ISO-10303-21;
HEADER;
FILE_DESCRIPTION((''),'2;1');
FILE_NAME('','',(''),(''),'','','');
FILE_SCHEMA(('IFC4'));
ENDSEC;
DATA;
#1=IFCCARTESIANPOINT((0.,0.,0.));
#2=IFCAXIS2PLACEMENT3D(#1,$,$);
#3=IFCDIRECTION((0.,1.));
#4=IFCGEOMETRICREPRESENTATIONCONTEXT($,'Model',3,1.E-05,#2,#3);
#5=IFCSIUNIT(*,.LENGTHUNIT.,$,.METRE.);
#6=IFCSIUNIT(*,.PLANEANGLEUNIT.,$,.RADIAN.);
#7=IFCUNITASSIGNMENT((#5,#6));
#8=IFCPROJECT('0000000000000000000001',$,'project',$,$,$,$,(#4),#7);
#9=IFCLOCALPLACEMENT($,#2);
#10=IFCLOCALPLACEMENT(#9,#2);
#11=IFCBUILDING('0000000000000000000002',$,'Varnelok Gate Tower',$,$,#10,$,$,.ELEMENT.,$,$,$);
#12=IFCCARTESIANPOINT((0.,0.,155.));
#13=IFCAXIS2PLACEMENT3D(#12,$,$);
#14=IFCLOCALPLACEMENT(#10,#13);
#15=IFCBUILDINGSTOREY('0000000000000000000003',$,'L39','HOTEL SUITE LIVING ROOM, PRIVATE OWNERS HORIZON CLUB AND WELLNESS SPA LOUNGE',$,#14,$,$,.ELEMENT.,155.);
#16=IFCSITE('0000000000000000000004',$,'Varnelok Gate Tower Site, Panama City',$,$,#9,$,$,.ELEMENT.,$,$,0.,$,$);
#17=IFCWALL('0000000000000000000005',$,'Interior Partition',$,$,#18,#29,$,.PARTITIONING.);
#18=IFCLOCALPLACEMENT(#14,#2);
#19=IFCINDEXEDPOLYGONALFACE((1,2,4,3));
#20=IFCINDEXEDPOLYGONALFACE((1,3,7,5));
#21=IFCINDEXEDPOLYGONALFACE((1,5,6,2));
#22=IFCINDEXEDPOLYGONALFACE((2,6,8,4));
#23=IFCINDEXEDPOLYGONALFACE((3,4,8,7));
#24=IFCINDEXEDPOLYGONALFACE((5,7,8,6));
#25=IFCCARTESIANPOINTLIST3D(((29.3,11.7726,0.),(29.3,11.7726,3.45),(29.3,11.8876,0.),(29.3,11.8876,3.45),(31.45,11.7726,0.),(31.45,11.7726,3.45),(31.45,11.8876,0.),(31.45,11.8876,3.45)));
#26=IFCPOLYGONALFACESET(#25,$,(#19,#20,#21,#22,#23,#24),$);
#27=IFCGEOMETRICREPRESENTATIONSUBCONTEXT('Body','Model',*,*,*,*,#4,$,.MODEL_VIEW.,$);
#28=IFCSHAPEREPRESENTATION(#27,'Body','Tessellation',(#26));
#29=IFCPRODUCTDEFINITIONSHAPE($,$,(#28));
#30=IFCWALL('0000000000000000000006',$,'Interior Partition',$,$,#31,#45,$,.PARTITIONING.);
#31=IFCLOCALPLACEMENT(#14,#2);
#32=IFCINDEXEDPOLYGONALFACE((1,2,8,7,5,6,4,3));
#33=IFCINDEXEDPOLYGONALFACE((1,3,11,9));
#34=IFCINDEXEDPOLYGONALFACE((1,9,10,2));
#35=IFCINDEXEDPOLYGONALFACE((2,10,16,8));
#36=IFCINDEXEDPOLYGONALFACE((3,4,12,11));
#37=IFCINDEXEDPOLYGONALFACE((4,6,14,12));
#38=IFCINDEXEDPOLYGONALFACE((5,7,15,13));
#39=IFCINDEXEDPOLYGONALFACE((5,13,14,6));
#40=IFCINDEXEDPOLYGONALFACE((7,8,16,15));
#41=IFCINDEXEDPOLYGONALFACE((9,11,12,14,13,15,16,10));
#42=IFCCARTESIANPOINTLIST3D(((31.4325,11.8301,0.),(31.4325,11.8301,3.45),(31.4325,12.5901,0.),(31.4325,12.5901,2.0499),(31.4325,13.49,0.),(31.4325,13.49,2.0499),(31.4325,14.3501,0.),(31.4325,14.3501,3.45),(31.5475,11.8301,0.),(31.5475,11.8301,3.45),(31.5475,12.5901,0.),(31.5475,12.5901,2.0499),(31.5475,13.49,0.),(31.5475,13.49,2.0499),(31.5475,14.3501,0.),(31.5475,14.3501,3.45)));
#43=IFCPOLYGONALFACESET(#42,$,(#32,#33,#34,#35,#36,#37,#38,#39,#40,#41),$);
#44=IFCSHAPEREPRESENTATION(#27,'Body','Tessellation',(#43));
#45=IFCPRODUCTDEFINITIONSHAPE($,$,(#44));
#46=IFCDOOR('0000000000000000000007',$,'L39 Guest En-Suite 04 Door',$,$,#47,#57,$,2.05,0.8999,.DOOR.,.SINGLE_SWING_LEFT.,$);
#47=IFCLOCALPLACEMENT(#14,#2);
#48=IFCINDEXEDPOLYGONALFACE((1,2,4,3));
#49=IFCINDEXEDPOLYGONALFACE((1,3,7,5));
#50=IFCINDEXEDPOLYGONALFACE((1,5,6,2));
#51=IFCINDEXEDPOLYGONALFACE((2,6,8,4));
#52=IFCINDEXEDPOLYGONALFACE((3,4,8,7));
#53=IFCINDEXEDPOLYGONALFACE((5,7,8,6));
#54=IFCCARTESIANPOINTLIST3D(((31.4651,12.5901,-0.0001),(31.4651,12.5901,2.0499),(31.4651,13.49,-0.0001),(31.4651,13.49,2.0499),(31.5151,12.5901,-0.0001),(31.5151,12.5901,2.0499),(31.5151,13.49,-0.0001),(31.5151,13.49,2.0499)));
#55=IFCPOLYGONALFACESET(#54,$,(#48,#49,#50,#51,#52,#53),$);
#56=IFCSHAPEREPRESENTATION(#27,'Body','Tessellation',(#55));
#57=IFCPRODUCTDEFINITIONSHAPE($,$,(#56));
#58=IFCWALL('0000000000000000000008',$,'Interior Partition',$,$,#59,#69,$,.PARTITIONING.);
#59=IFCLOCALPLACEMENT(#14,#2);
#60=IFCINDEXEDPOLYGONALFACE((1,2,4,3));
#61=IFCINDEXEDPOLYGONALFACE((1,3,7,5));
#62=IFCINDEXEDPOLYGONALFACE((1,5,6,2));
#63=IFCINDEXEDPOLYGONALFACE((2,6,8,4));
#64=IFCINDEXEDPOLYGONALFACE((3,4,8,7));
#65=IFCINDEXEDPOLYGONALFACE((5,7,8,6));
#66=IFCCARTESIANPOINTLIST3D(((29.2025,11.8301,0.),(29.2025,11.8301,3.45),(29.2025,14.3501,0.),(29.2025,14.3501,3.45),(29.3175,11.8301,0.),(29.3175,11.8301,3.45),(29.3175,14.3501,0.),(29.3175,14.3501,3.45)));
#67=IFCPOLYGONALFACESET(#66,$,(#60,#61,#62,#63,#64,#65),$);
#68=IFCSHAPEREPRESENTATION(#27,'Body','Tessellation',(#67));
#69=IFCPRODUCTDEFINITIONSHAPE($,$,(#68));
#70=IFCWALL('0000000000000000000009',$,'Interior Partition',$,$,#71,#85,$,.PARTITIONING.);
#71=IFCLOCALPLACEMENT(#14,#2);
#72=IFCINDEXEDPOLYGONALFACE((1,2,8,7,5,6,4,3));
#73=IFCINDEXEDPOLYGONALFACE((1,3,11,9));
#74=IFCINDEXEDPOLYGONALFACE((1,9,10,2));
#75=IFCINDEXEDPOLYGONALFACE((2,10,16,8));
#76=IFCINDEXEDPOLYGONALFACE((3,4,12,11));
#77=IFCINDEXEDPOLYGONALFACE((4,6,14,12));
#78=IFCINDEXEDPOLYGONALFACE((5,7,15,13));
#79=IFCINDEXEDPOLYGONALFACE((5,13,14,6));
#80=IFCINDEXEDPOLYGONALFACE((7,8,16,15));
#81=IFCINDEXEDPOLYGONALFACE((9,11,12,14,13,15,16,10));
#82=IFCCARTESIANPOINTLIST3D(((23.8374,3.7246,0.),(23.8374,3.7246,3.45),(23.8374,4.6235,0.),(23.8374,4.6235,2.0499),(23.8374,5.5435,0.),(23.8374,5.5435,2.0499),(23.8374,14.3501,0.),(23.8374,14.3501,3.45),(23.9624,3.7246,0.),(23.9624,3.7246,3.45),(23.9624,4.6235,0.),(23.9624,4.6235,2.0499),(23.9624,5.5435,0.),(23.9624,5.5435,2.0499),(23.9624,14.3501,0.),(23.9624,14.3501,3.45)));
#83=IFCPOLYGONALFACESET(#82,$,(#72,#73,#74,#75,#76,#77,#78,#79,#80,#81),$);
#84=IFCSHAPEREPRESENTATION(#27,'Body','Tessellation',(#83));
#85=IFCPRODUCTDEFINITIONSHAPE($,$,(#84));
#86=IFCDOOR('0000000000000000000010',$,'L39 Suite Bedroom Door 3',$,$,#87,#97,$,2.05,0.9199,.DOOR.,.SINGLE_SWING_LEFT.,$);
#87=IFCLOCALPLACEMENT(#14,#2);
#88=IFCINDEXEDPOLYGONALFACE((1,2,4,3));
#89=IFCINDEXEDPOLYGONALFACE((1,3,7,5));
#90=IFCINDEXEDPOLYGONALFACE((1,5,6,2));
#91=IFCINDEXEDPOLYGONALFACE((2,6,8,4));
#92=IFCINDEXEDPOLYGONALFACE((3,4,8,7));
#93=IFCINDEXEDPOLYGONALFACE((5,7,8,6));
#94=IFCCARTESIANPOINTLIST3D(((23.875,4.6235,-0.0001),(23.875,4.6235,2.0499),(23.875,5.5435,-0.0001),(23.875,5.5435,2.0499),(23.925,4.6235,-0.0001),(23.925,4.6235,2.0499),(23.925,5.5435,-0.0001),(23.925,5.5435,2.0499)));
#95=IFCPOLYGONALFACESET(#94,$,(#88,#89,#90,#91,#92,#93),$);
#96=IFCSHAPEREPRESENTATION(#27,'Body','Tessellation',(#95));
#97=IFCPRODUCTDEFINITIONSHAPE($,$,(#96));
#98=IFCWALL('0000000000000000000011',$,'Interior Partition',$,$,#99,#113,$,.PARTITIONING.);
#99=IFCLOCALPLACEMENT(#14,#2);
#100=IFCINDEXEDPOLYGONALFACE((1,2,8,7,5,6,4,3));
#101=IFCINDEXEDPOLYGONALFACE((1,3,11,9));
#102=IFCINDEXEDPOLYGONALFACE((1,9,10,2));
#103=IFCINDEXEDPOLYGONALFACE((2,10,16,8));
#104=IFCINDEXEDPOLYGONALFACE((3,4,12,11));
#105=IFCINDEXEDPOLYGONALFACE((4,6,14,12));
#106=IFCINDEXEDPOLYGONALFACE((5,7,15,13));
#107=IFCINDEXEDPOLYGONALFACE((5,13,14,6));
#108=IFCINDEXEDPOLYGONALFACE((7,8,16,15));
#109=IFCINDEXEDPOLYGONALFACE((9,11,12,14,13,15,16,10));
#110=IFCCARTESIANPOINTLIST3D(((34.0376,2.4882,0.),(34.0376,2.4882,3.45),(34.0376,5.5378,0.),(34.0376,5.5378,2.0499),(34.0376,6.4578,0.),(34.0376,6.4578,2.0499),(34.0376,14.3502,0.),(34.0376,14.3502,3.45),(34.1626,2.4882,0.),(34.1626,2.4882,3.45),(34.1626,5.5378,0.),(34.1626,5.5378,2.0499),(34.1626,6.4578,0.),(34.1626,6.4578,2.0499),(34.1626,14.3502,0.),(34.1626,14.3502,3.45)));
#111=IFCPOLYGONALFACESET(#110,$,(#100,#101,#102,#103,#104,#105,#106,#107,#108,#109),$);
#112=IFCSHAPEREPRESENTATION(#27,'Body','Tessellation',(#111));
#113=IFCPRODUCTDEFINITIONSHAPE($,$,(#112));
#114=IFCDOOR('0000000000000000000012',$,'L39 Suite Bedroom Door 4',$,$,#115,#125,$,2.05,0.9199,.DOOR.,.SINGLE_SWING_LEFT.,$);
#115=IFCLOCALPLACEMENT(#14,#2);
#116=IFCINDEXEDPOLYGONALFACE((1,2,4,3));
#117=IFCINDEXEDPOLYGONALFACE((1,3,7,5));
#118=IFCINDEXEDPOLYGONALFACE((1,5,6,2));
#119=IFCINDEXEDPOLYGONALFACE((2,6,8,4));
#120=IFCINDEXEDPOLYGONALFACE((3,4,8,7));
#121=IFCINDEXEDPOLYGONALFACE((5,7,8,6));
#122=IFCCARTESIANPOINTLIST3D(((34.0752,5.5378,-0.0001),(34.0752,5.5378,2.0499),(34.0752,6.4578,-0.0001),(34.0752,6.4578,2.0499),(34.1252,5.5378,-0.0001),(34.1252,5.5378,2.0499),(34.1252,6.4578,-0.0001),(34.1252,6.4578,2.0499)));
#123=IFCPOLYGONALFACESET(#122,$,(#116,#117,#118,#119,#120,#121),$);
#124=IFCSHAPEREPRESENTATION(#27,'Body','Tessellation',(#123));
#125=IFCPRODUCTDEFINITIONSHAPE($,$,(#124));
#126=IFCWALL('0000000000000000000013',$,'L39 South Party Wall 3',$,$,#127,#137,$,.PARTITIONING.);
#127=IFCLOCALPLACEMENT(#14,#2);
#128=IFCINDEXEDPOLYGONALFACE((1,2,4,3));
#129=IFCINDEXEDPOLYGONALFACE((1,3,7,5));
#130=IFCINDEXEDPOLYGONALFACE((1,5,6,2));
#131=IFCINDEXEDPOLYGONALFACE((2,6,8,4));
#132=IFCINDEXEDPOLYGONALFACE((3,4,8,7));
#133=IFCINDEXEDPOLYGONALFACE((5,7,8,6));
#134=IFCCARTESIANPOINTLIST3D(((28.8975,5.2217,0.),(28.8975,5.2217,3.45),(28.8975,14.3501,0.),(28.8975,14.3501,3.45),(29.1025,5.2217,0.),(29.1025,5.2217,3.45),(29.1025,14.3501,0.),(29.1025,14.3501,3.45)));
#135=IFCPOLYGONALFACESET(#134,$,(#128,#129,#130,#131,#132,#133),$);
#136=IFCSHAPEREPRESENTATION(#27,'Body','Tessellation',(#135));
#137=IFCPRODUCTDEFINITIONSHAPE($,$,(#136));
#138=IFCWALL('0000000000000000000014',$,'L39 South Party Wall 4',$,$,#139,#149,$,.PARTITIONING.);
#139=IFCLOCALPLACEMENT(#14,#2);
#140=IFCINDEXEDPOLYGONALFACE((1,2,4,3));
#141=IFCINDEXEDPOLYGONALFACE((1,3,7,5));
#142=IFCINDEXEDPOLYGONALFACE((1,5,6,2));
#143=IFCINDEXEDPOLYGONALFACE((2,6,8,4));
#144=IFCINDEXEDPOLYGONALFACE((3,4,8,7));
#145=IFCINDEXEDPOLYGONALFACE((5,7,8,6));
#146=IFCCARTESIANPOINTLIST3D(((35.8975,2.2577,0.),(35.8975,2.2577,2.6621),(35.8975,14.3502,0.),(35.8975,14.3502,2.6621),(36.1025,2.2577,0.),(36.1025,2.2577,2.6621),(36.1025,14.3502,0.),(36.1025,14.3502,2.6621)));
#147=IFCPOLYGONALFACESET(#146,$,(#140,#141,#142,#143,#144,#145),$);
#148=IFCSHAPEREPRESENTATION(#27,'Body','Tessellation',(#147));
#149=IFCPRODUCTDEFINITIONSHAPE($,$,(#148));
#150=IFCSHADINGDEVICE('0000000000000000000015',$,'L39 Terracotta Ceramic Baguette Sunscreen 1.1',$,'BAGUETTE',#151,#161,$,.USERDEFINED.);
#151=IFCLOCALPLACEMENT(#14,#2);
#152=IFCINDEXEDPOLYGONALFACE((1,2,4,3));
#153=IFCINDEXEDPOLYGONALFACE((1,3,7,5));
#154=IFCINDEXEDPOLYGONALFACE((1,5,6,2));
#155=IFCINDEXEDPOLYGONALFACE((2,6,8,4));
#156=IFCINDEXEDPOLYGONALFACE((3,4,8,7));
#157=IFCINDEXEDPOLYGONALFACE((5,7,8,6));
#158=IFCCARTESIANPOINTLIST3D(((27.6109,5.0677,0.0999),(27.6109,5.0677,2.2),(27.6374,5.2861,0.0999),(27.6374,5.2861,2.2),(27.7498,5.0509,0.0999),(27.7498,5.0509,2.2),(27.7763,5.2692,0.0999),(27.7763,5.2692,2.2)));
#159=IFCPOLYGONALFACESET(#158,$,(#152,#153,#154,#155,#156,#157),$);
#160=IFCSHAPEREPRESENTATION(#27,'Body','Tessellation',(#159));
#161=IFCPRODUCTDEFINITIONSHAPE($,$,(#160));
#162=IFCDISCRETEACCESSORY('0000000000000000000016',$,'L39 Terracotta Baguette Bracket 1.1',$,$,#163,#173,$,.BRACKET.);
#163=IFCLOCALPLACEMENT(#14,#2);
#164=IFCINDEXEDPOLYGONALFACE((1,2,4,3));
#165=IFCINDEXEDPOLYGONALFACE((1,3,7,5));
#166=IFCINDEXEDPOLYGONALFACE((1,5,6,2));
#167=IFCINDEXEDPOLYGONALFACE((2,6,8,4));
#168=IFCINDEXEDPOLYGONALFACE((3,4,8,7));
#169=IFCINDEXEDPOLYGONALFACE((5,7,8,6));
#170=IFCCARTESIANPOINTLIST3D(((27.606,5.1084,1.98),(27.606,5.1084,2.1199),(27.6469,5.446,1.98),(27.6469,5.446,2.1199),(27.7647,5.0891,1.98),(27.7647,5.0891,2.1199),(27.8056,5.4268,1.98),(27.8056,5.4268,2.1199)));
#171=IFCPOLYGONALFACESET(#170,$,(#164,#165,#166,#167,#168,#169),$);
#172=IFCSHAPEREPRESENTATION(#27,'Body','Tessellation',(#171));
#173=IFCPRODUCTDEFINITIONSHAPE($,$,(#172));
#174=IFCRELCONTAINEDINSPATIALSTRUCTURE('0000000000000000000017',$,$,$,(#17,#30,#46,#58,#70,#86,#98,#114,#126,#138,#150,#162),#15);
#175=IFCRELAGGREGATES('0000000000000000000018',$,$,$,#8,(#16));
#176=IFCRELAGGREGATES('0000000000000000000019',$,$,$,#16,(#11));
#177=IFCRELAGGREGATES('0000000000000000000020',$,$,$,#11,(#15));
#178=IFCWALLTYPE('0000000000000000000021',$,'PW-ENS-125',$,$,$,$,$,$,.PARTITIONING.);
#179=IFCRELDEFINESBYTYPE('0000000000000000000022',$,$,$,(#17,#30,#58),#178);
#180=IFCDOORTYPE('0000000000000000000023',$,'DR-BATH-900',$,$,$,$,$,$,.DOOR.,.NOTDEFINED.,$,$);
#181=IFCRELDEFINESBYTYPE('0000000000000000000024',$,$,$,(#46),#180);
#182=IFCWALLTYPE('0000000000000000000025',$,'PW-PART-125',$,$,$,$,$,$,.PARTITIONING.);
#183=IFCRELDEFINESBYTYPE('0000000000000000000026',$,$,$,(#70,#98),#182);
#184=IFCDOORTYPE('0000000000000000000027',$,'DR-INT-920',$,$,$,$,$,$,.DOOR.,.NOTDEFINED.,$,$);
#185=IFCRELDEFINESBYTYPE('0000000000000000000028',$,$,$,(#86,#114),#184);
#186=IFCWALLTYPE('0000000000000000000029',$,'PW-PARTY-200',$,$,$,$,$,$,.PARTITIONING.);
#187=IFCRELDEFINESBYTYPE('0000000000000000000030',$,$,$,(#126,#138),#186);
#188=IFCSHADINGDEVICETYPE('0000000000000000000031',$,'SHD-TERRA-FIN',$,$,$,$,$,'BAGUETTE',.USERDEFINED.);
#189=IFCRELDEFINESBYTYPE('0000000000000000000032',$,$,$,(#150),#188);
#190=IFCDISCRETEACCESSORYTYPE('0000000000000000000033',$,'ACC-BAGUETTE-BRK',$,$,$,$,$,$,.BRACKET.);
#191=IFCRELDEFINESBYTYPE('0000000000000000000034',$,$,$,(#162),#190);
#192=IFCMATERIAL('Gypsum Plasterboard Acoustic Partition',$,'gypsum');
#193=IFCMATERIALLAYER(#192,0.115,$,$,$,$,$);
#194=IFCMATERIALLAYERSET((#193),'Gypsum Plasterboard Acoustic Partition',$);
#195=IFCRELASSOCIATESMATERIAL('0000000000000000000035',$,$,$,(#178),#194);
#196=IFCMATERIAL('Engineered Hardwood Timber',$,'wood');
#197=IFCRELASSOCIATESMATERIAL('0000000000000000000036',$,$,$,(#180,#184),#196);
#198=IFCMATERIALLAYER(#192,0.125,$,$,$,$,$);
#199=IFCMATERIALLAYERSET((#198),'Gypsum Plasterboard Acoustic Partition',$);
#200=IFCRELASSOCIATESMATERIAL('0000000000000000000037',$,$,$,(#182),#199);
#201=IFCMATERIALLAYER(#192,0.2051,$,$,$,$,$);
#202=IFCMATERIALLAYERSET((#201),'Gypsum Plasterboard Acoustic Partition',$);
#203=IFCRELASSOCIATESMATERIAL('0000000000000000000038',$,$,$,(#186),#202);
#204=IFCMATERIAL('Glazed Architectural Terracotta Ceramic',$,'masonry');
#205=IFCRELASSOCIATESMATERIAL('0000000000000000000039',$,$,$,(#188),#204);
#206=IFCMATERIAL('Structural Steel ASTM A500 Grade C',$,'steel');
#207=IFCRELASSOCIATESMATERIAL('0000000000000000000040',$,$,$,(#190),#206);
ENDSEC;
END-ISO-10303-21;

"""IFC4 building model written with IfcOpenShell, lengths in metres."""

from ifc_helpers import new_model, si_unit, direction, frame, frame_2d, origin, origin_2d, place, context, subcontext, project, spatial, rectangle, extrude, source, transform, mapped, material, layer, layer_set, type_object, element, fill, save


model = new_model("IFC4")

# Units and contexts
model_context = context("Model", 3, precision=1e-05, world=origin(), true_north=direction((0.0, 1.0)))
body_context = subcontext(model_context, "Body", "Model", "MODEL_VIEW")
ifc_project = project(units=[si_unit("LENGTHUNIT", "METRE"), si_unit("PLANEANGLEUNIT", "RADIAN")], contexts=[model_context])

# Site, building, storey
site_placement = place(None, origin())
site = spatial("IfcSite", under=ifc_project, at=site_placement, Name="Varnelok Gate Tower Site, Panama City", CompositionType="ELEMENT", RefElevation=0.0)
building_placement = place(site_placement, origin())
building = spatial("IfcBuilding", under=site, at=building_placement, Name="Varnelok Gate Tower", CompositionType="ELEMENT")
storey_placement = place(building_placement, frame((0.0, 0.0, 155.0)))
storey = spatial("IfcBuildingStorey", under=building, at=storey_placement, Name="L39", Description="HOTEL SUITE LIVING ROOM, PRIVATE OWNERS HORIZON CLUB AND WELLNESS SPA LOUNGE", CompositionType="ELEMENT", Elevation=155.0)

# Shared definitions
ifc_material_1 = material(Name="Gypsum Plasterboard Acoustic Partition", Category="gypsum")
ifc_layer_1 = layer(ifc_material_1, 0.115)
ifc_layer_set_1 = layer_set([ifc_layer_1], Name="Gypsum Plasterboard Acoustic Partition")
wall_type_1 = type_object("IfcWallType", Name="PW-ENS-125", PredefinedType="PARTITIONING", material=ifc_layer_set_1)

# Shared definitions
ifc_material_2 = material(Name="Engineered Hardwood Timber", Category="wood")
door_type_1 = type_object("IfcDoorType", Name="DR-BATH-900", OperationType="NOTDEFINED", PredefinedType="DOOR", material=ifc_material_2)

# Wall
wall_1_placement = place(storey_placement, frame((29.3, 11.8301, 0.0), z_axis=(0.0, 0.0, 1.0), x_axis=(1.0, 0.0, 0.0)))
element("IfcWall", 1, at=wall_1_placement, inside=storey, type_object=wall_type_1, Name="Interior Partition", PredefinedType="PARTITIONING", context=body_context, shape_type="SweptSolid", body=[
    extrude(rectangle(XDim=2.1499, YDim=0.115, at=frame_2d((1.075, 0.0))), origin(), (0.0, 0.0, 1.0), 3.45),
])

# Wall, opening, door
wall_2_placement = place(storey_placement, frame((31.49, 11.8301, 0.0), z_axis=(0.0, 0.0, 1.0), x_axis=(0.0, 1.0, 0.0)))
wall_2 = element("IfcWall", 2, at=wall_2_placement, inside=storey, type_object=wall_type_1, Name="Interior Partition", PredefinedType="PARTITIONING", context=body_context, shape_type="SweptSolid", body=[
    extrude(rectangle(XDim=2.52, YDim=0.115, at=frame_2d((1.26, 0.0))), origin(), (0.0, 0.0, 1.0), 3.45),
])
opening_1_placement = place(wall_2_placement, frame((0.76, 0.0, 0.0)))
opening_1 = element("IfcOpeningElement", 3, at=opening_1_placement, cuts=wall_2, PredefinedType="OPENING", context=body_context, shape_type="SweptSolid", body=[
    extrude(rectangle(XDim=0.8999, YDim=2.05, at=frame_2d((0.45, 1.0249))), frame((0.0, 0.0674, 0.0), z_axis=(0.0, -1.0, 0.0), x_axis=(1.0, 0.0, 0.0)), (0.0, 0.0, 1.0), 0.135),
])
door_1_placement = place(opening_1_placement, origin())
door_1 = element("IfcDoor", 4, at=door_1_placement, inside=storey, type_object=door_type_1, Name="L39 Guest En-Suite 04 Door", OperationType="SINGLE_SWING_LEFT", OverallHeight=2.05, OverallWidth=0.8999, PredefinedType="DOOR", context=body_context, shape_type="SweptSolid", body=[
    extrude(rectangle(XDim=0.8999, YDim=2.05, at=frame_2d((0.45, 1.0249))), frame((0.0, 0.0249, 0.0), z_axis=(0.0, -1.0, 0.0), x_axis=(1.0, 0.0, 0.0)), (0.0, 0.0, 1.0), 0.05),
])
fill(opening_1, door_1)

# Wall
wall_3_placement = place(storey_placement, frame((29.26, 11.8301, 0.0), z_axis=(0.0, 0.0, 1.0), x_axis=(0.0, 1.0, 0.0)))
element("IfcWall", 5, at=wall_3_placement, inside=storey, type_object=wall_type_1, Name="Interior Partition", PredefinedType="PARTITIONING", context=body_context, shape_type="SweptSolid", body=[
    extrude(rectangle(XDim=2.52, YDim=0.115, at=frame_2d((1.26, 0.0))), origin(), (0.0, 0.0, 1.0), 3.45),
])

# Walls, openings, doors
ifc_layer_2 = layer(ifc_material_1, 0.125)
ifc_layer_set_2 = layer_set([ifc_layer_2], Name="Gypsum Plasterboard Acoustic Partition")
wall_type_2 = type_object("IfcWallType", Name="PW-PART-125", PredefinedType="PARTITIONING", material=ifc_layer_set_2)
wall_4_placement = place(storey_placement, frame((23.8999, 3.7246, 0.0), z_axis=(0.0, 0.0, 1.0), x_axis=(0.0, 1.0, 0.0)))
wall_4 = element("IfcWall", 6, at=wall_4_placement, inside=storey, type_object=wall_type_2, Name="Interior Partition", PredefinedType="PARTITIONING", context=body_context, shape_type="SweptSolid", body=[
    extrude(rectangle(XDim=10.6255, YDim=0.125, at=frame_2d((5.3127, 0.0))), origin(), (0.0, 0.0, 1.0), 3.45),
])
opening_2_placement = place(wall_4_placement, frame((0.8989, 0.0, 0.0)))
opening_2 = element("IfcOpeningElement", 7, at=opening_2_placement, cuts=wall_4, PredefinedType="OPENING", context=body_context, shape_type="SweptSolid", body=[
    extrude(rectangle(XDim=0.9199, YDim=2.05, at=frame_2d((0.46, 1.0249))), frame((0.0, 0.0725, 0.0), z_axis=(0.0, -1.0, 0.0), x_axis=(1.0, 0.0, 0.0)), (0.0, 0.0, 1.0), 0.145),
])
door_type_2 = type_object("IfcDoorType", Name="DR-INT-920", OperationType="NOTDEFINED", PredefinedType="DOOR", material=ifc_material_2)
door_2_placement = place(opening_2_placement, origin())
door_2 = element("IfcDoor", 8, at=door_2_placement, inside=storey, type_object=door_type_2, Name="L39 Suite Bedroom Door 3", OperationType="SINGLE_SWING_LEFT", OverallHeight=2.05, OverallWidth=0.9199, PredefinedType="DOOR", context=body_context, shape_type="SweptSolid", body=[
    extrude(rectangle(XDim=0.9199, YDim=2.05, at=frame_2d((0.46, 1.0249))), frame((0.0, 0.0249, 0.0), z_axis=(0.0, -1.0, 0.0), x_axis=(1.0, 0.0, 0.0)), (0.0, 0.0, 1.0), 0.05),
])
fill(opening_2, door_2)
wall_5_placement = place(storey_placement, frame((34.1001, 2.488, 0.0), z_axis=(0.0, 0.0, 1.0), x_axis=(0.0, 1.0, 0.0)))
wall_5 = element("IfcWall", 9, at=wall_5_placement, inside=storey, type_object=wall_type_2, Name="Interior Partition", PredefinedType="PARTITIONING", context=body_context, shape_type="SweptSolid", body=[
    extrude(rectangle(XDim=11.8621, YDim=0.125, at=frame_2d((5.9312, 0.0))), origin(), (0.0, 0.0, 1.0), 3.45),
])
opening_3_placement = place(wall_5_placement, frame((3.0498, 0.0, 0.0)))
opening_3 = element("IfcOpeningElement", 10, at=opening_3_placement, cuts=wall_5, PredefinedType="OPENING", context=body_context, shape_type="SweptSolid", body=[
    extrude(rectangle(XDim=0.9199, YDim=2.05, at=frame_2d((0.46, 1.0249))), frame((0.0, 0.0725, 0.0), z_axis=(0.0, -1.0, 0.0), x_axis=(1.0, 0.0, 0.0)), (0.0, 0.0, 1.0), 0.145),
])
door_3_placement = place(opening_3_placement, origin())
door_3 = element("IfcDoor", 11, at=door_3_placement, inside=storey, type_object=door_type_2, Name="L39 Suite Bedroom Door 4", OperationType="SINGLE_SWING_LEFT", OverallHeight=2.05, OverallWidth=0.9199, PredefinedType="DOOR", context=body_context, shape_type="SweptSolid", body=[
    extrude(rectangle(XDim=0.9199, YDim=2.05, at=frame_2d((0.46, 1.0249))), frame((0.0, 0.0249, 0.0), z_axis=(0.0, -1.0, 0.0), x_axis=(1.0, 0.0, 0.0)), (0.0, 0.0, 1.0), 0.05),
])
fill(opening_3, door_3)

# Walls
ifc_layer_3 = layer(ifc_material_1, 0.2051)
ifc_layer_set_3 = layer_set([ifc_layer_3], Name="Gypsum Plasterboard Acoustic Partition")
wall_type_3 = type_object("IfcWallType", Name="PW-PARTY-200", PredefinedType="PARTITIONING", material=ifc_layer_set_3)
wall_6_placement = place(storey_placement, frame((29.0, 5.2217, 0.0), z_axis=(0.0, 0.0, 1.0), x_axis=(0.0, 1.0, 0.0)))
element("IfcWall", 12, at=wall_6_placement, inside=storey, type_object=wall_type_3, Name="L39 South Party Wall 3", PredefinedType="PARTITIONING", context=body_context, shape_type="SweptSolid", body=[
    extrude(rectangle(XDim=9.1284, YDim=0.2051, at=frame_2d((4.5642, 0.0))), origin(), (0.0, 0.0, 1.0), 3.45),
])
wall_7_placement = place(storey_placement, frame((36.0, 2.2576, 0.0), z_axis=(0.0, 0.0, 1.0), x_axis=(0.0, 1.0, 0.0)))
element("IfcWall", 13, at=wall_7_placement, inside=storey, type_object=wall_type_3, Name="L39 South Party Wall 4", PredefinedType="PARTITIONING", context=body_context, shape_type="SweptSolid", body=[
    extrude(rectangle(XDim=12.0925, YDim=0.2051, at=frame_2d((6.0464, 0.0))), origin(), (0.0, 0.0, 1.0), 2.6621),
])

# Shading device
ifc_material_3 = material(Name="Glazed Architectural Terracotta Ceramic", Category="masonry")
shading_device_type = type_object("IfcShadingDeviceType", Name="SHD-TERRA-FIN", ElementType="BAGUETTE", PredefinedType="USERDEFINED", material=ifc_material_3)
shared_shape_1 = source(origin(), body_context, "Body", "SweptSolid", [
    extrude(rectangle(XDim=0.1399, YDim=0.22, at=origin_2d()), origin(), (0.0, 0.0, 1.0), 2.1001),
])
shading_device_placement = place(storey_placement, frame((27.6936, 5.1685, 0.0999), z_axis=(0.0, 0.0, 1.0), x_axis=(0.992732, -0.120345, 0.0)))
element("IfcShadingDevice", 14, at=shading_device_placement, inside=storey, type_object=shading_device_type, Name="L39 Terracotta Ceramic Baguette Sunscreen 1.1", ObjectType="BAGUETTE", PredefinedType="USERDEFINED", context=body_context, shape_type="MappedRepresentation", body=[
    mapped(shared_shape_1, transform((0.0, 0.0, 0.0), scale=1.0)),
])

# Discrete accessory
ifc_material_4 = material(Name="Structural Steel ASTM A500 Grade C", Category="steel")
discrete_accessory_type = type_object("IfcDiscreteAccessoryType", Name="ACC-BAGUETTE-BRK", PredefinedType="BRACKET", material=ifc_material_4)
shared_shape_2 = source(origin(), body_context, "Body", "SweptSolid", [
    extrude(rectangle(XDim=0.1599, YDim=0.3401, at=origin_2d()), origin(), (0.0, 0.0, 1.0), 0.1399),
])
discrete_accessory_placement = place(storey_placement, frame((27.7058, 5.2676, 1.98), z_axis=(0.0, 0.0, 1.0), x_axis=(0.992732, -0.120345, 0.0)))
element("IfcDiscreteAccessory", 15, at=discrete_accessory_placement, inside=storey, type_object=discrete_accessory_type, Name="L39 Terracotta Baguette Bracket 1.1", PredefinedType="BRACKET", context=body_context, shape_type="MappedRepresentation", body=[
    mapped(shared_shape_2, transform((0.0, 0.0, 0.0), scale=1.0)),
])

save(model, "model.ifc")
